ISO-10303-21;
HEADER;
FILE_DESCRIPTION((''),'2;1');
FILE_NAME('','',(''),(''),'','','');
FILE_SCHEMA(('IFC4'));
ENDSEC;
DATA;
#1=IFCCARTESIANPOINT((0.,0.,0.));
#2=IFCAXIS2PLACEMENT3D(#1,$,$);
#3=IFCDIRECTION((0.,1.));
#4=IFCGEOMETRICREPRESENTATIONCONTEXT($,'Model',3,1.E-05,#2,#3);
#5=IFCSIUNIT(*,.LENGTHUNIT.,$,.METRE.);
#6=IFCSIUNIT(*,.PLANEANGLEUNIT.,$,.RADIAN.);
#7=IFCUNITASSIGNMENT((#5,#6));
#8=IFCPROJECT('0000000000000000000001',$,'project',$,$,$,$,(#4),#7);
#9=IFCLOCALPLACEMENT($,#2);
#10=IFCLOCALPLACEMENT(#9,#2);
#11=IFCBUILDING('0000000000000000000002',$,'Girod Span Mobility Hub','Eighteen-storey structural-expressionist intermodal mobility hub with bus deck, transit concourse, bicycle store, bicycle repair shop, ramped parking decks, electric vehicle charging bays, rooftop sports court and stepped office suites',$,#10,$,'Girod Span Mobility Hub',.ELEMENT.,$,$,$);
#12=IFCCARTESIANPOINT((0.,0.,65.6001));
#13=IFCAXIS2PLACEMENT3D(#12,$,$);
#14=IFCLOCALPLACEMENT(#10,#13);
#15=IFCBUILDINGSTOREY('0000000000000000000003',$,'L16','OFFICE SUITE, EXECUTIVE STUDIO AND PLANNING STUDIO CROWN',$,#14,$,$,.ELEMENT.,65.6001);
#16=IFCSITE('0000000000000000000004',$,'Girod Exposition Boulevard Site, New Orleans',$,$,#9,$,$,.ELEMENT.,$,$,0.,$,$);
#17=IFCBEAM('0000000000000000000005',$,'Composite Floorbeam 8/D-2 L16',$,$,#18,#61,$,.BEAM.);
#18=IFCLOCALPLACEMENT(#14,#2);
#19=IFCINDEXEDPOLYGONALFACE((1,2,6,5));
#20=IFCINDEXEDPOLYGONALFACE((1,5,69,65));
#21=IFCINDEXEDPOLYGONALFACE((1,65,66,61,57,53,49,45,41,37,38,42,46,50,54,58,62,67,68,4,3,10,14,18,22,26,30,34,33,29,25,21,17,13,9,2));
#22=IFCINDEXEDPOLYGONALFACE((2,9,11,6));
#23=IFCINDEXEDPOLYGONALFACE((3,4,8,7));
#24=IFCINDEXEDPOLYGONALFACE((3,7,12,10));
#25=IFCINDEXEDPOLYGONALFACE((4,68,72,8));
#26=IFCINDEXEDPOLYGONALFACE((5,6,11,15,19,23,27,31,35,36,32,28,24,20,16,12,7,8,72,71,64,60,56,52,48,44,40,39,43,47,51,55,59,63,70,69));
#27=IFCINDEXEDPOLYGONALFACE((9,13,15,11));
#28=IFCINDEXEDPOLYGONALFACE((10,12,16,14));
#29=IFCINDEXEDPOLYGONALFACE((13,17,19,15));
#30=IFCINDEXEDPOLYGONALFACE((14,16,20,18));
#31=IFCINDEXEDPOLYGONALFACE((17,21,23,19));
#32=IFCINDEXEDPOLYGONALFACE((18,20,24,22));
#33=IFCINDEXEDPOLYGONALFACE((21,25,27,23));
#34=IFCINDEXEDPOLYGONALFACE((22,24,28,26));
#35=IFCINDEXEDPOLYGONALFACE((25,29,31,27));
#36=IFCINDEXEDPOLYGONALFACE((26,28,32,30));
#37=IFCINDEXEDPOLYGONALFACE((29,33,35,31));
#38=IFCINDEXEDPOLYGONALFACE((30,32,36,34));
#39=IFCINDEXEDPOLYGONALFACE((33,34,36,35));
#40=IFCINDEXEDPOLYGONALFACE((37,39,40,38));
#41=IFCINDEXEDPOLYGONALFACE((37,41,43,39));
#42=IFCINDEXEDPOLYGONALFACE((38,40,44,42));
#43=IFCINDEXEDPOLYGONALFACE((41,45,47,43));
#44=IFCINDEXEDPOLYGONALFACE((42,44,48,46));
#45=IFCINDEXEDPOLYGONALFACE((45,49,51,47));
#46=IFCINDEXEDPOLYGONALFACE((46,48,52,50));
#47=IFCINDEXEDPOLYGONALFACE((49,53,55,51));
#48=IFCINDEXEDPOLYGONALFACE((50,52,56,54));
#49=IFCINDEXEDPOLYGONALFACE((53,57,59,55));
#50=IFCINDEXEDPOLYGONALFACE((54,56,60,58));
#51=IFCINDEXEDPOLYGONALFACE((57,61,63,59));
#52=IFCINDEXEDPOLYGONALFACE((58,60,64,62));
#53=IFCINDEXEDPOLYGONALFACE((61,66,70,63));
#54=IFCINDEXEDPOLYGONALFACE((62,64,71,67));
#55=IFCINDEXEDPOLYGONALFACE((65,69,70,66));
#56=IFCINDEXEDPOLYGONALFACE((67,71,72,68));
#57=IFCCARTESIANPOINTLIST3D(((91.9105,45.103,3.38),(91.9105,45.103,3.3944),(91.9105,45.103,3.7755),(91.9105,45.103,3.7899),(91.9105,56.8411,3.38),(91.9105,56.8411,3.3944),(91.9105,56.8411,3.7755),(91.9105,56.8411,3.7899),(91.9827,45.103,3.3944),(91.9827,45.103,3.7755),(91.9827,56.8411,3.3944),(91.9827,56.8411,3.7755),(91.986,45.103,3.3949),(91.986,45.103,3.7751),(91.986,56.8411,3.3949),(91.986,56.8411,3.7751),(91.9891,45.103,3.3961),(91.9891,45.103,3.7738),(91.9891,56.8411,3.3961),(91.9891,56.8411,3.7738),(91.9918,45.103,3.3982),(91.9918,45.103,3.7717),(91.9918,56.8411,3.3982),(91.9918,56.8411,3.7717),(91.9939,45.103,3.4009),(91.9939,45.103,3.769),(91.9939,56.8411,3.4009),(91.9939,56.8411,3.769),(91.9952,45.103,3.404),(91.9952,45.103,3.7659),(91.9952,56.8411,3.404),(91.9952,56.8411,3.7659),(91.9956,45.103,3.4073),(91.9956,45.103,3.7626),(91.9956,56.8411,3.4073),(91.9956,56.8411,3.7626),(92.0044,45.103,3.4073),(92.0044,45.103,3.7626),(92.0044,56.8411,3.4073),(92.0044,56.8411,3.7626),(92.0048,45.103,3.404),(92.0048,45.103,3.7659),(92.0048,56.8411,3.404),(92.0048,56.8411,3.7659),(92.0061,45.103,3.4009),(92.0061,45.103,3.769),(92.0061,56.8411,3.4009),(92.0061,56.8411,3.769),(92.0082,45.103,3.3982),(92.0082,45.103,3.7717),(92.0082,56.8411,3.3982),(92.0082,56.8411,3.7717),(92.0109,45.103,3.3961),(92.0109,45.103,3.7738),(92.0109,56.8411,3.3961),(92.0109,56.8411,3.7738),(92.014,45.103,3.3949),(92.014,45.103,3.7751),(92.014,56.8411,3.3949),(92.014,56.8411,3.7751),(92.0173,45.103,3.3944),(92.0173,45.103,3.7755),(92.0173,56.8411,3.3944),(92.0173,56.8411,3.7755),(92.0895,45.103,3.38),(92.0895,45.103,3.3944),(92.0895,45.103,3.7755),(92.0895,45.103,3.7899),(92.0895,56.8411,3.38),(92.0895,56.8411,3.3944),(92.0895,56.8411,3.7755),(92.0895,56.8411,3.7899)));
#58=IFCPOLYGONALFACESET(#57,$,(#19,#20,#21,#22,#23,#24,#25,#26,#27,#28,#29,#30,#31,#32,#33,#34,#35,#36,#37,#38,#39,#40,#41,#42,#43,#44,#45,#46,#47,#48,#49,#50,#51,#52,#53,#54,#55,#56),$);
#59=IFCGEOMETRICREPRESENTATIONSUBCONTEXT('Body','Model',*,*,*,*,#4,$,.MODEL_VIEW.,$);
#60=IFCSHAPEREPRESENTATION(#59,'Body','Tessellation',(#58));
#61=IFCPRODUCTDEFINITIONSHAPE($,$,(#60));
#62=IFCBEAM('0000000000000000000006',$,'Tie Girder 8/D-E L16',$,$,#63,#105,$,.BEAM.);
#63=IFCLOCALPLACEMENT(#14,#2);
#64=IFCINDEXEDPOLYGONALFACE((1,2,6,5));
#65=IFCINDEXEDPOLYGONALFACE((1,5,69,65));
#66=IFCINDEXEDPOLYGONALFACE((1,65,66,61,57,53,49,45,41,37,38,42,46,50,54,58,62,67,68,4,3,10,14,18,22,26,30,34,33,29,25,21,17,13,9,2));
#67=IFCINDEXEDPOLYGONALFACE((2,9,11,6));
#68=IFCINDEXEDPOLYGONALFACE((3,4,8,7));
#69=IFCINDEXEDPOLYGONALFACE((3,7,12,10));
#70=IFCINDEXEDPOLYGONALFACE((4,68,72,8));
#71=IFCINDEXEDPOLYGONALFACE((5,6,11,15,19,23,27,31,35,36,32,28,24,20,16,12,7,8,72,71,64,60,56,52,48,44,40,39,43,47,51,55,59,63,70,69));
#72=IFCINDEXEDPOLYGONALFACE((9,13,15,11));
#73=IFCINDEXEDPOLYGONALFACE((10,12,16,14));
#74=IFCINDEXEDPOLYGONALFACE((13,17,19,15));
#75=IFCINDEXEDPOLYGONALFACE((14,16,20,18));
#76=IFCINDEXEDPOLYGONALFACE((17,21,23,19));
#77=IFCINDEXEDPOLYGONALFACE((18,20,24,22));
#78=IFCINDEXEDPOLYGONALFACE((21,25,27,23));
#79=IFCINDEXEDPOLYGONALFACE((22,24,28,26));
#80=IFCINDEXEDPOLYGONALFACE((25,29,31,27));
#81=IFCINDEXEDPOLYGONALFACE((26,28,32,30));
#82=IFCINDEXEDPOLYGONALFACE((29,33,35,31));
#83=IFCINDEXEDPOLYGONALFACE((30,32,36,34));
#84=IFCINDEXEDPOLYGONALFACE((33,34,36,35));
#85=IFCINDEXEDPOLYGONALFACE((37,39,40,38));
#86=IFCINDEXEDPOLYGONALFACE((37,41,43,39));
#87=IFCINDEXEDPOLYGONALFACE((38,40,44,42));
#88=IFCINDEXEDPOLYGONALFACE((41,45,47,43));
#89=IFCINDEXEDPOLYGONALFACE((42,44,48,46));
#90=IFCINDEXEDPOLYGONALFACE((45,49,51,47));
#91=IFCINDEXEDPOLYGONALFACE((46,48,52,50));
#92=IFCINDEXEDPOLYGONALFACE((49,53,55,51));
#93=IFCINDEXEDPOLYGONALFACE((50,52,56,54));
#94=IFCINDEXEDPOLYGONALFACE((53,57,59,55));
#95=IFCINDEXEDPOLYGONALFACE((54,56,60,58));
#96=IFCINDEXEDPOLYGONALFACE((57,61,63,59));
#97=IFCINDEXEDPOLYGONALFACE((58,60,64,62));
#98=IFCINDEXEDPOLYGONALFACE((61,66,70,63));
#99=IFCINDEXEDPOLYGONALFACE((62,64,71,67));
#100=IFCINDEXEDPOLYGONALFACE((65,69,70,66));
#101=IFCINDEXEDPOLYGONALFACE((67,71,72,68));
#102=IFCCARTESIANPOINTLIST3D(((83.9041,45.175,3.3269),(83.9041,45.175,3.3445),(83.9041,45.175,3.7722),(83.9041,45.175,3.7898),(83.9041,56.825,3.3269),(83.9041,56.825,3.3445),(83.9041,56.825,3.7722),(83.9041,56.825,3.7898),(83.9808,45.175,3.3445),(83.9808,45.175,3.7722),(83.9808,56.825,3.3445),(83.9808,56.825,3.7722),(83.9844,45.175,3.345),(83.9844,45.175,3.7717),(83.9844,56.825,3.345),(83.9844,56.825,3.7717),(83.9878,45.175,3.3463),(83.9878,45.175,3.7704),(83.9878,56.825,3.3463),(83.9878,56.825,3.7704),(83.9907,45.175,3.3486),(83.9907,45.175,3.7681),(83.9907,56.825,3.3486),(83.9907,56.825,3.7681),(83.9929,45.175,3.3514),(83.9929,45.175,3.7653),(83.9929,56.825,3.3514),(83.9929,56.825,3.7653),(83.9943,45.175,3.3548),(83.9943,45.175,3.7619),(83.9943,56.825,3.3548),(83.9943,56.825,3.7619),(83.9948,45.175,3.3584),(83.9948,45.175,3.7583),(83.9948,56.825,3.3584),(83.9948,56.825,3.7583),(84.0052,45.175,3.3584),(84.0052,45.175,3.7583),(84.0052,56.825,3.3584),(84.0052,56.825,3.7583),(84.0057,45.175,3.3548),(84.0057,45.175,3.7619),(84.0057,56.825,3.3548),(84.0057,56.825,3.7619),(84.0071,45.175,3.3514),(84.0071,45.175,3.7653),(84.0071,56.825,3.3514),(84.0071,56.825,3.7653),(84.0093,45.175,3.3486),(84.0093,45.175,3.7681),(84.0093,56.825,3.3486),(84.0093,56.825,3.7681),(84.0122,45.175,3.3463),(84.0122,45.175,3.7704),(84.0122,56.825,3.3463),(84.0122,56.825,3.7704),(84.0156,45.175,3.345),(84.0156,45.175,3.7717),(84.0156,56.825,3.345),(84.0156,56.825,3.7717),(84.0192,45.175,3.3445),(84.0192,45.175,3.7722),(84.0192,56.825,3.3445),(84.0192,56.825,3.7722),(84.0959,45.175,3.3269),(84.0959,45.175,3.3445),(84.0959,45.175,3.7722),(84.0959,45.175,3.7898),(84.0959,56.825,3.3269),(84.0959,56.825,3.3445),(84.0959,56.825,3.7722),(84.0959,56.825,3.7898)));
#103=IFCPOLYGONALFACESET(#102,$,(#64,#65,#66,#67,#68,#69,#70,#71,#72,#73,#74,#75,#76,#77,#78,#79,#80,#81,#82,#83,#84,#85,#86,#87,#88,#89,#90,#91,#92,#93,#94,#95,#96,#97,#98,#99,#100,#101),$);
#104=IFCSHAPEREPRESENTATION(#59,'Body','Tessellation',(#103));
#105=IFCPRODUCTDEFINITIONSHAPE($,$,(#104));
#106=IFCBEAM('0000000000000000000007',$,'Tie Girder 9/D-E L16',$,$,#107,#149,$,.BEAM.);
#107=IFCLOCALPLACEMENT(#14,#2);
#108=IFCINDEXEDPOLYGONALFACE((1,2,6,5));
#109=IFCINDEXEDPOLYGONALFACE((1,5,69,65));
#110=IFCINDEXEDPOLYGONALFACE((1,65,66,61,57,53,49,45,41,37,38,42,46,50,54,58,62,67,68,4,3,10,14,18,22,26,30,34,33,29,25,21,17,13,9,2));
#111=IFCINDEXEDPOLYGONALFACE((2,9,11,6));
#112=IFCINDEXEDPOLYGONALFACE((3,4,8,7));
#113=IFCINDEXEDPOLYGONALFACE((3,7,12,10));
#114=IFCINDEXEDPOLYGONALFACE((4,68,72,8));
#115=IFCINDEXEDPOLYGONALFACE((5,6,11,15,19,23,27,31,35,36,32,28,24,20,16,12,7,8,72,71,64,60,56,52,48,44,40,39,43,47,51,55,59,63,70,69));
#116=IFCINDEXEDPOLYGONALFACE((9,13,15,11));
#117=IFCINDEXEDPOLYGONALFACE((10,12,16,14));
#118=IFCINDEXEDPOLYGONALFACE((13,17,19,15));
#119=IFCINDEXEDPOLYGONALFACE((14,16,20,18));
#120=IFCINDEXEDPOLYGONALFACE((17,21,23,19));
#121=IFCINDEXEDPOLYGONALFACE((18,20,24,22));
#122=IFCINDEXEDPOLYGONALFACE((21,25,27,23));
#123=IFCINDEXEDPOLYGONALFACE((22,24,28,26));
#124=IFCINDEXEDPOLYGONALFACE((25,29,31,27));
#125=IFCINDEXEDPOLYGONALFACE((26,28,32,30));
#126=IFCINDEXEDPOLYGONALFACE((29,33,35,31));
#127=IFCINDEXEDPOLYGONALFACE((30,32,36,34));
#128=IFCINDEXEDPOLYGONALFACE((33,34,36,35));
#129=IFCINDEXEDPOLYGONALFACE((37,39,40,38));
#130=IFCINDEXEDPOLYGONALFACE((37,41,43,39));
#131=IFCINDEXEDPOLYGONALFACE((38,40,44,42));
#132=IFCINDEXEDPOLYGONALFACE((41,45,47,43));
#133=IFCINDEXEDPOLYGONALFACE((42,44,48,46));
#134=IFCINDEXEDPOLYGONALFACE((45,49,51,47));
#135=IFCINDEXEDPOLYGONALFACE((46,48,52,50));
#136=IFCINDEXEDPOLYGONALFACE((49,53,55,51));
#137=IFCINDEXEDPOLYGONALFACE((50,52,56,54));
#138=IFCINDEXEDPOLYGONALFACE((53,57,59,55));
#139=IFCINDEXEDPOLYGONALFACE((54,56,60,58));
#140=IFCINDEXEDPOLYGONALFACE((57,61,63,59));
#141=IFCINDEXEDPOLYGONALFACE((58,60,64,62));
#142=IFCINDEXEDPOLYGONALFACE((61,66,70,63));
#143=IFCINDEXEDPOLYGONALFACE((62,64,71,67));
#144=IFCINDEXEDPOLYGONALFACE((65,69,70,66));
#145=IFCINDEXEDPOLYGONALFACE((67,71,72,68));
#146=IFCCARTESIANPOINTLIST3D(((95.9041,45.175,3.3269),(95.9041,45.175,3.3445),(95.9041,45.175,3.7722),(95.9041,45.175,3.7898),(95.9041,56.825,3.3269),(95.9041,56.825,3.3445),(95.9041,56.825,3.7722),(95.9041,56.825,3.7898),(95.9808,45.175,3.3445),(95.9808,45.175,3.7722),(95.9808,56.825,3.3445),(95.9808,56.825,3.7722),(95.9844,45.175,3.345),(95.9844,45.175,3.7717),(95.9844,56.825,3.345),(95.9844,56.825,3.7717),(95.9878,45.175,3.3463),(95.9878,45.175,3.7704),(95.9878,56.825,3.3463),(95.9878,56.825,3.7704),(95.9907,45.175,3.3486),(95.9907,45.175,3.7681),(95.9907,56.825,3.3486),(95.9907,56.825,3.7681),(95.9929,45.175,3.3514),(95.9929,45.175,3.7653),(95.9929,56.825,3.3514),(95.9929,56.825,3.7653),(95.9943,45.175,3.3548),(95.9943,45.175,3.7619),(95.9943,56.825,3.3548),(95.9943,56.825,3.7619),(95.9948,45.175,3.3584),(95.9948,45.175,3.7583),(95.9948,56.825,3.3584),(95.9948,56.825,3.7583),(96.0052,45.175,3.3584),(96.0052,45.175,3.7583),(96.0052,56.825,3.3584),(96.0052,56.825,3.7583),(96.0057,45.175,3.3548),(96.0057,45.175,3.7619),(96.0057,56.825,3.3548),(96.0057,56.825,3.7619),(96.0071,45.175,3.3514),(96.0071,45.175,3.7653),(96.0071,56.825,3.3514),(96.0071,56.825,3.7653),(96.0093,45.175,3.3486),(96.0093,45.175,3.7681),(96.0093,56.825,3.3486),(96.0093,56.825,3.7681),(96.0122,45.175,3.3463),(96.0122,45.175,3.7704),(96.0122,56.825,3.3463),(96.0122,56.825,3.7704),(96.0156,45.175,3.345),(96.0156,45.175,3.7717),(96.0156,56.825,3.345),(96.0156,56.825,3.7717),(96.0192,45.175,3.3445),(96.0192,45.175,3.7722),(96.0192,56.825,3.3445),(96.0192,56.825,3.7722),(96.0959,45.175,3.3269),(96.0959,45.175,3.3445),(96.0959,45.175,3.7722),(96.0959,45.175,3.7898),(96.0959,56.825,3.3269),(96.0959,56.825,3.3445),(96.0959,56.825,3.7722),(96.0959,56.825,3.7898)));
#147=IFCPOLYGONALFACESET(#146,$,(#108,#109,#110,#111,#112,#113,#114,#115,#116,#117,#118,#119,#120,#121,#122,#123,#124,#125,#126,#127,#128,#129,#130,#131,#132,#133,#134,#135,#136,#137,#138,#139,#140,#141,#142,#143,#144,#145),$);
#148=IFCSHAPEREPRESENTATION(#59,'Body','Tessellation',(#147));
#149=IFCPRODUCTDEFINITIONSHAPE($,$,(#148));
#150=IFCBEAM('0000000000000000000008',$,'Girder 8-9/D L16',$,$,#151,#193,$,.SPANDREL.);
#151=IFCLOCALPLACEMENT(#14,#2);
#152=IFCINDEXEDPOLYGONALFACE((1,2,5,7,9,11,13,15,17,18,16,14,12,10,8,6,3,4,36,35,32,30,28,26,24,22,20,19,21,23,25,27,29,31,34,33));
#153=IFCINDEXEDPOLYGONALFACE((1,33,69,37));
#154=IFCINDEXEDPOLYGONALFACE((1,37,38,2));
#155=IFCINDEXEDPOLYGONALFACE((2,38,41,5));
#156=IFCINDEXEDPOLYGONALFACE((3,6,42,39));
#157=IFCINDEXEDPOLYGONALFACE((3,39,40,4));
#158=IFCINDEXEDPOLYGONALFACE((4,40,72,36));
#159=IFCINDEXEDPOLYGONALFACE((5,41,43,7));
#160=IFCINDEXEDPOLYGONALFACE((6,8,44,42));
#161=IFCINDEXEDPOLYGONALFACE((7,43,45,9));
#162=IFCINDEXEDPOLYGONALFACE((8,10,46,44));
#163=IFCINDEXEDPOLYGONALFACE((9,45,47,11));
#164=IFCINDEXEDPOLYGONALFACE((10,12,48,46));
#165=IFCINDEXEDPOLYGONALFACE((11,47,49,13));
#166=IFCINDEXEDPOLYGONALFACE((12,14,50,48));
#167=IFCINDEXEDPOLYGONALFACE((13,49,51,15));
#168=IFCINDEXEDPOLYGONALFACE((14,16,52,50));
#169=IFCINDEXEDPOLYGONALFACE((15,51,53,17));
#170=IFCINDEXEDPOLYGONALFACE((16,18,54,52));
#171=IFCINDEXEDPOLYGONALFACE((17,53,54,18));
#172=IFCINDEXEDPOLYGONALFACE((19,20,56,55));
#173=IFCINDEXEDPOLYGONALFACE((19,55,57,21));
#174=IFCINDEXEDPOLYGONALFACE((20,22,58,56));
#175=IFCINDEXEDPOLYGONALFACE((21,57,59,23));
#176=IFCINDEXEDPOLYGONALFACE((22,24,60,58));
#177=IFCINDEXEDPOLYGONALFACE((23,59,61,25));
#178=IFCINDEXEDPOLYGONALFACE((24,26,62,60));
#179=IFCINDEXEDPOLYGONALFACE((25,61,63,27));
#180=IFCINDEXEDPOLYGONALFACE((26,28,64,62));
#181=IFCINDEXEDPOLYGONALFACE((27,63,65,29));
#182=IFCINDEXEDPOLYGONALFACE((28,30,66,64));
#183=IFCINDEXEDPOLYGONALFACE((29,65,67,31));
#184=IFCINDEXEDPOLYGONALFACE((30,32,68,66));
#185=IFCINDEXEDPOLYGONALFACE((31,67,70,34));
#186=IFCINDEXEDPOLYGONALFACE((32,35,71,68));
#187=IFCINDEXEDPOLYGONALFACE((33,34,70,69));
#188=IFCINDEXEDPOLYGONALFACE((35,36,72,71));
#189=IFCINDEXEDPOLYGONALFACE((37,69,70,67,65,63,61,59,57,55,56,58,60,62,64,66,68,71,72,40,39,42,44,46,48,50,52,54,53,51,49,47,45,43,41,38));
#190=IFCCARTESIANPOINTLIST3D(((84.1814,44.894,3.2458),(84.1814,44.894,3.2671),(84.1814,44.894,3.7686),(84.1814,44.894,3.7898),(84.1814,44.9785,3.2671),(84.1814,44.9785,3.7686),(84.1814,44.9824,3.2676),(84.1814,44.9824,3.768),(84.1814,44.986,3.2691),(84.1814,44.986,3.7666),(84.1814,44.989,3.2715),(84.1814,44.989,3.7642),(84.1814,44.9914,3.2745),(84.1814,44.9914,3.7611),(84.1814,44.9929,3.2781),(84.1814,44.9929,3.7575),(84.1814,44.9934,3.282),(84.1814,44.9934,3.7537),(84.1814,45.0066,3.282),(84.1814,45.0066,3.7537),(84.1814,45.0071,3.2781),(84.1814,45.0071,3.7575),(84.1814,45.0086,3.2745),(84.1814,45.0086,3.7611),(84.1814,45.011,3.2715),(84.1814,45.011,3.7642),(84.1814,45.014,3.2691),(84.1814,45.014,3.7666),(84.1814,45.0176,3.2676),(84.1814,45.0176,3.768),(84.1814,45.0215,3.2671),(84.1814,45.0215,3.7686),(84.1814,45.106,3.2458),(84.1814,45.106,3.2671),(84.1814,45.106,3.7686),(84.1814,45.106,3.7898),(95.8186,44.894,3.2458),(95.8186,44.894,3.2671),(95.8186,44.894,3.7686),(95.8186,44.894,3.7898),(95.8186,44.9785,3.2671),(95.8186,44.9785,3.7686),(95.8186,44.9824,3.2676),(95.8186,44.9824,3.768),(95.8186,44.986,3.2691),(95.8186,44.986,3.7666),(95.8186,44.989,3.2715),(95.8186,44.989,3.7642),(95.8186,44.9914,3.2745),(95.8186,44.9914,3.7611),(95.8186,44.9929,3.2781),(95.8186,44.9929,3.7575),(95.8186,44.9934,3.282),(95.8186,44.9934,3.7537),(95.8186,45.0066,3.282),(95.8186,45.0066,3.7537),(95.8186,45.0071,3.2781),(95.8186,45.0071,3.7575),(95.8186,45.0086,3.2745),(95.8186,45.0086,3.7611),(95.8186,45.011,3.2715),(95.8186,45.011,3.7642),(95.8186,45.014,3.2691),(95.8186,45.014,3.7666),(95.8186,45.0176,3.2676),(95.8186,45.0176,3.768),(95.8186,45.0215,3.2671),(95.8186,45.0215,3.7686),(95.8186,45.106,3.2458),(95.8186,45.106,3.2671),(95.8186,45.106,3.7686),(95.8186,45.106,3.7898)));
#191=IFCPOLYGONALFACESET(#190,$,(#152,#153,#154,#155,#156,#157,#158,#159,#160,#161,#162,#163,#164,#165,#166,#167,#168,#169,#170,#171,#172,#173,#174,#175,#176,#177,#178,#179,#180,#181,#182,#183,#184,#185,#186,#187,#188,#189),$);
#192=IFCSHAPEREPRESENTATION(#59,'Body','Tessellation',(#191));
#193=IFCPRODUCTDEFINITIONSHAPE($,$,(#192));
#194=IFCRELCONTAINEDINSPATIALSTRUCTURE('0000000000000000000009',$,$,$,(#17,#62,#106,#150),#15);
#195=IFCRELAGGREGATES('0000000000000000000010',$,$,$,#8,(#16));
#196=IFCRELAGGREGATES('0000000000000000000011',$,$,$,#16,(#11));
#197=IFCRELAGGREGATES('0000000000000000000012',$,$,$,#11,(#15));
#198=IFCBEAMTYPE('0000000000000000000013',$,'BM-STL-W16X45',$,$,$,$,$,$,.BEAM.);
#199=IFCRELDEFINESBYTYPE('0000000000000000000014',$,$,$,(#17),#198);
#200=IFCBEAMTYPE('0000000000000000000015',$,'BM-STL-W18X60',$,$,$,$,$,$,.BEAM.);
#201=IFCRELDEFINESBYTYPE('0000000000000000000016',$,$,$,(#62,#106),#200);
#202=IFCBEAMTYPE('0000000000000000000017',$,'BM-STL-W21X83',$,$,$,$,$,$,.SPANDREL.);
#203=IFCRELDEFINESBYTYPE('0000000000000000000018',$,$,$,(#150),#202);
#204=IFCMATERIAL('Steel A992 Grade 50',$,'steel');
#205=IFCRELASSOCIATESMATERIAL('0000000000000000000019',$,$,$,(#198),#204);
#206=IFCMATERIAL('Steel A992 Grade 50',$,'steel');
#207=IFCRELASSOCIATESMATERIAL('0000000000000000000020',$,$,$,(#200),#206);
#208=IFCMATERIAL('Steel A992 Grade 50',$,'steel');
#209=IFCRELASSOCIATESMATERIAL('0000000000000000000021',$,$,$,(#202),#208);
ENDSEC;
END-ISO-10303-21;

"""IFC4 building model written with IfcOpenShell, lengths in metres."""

from ifc_helpers import new_model, si_unit, direction, frame, origin, origin_2d, place, context, subcontext, project, spatial, i_section, extrude, material, material_profile, profile_set, type_object, element, save


model = new_model("IFC4")

# Units and contexts
model_context = context("Model", 3, precision=1e-05, world=origin(), true_north=direction((0.0, 1.0)))
body_context = subcontext(model_context, "Body", "Model", "MODEL_VIEW")
ifc_project = project(units=[si_unit("LENGTHUNIT", "METRE"), si_unit("PLANEANGLEUNIT", "RADIAN")], contexts=[model_context])

# Site, building, storey
site_placement = place(None, origin())
site = spatial("IfcSite", under=ifc_project, at=site_placement, Name="Girod Exposition Boulevard Site, New Orleans", CompositionType="ELEMENT", RefElevation=0.0)
building_placement = place(site_placement, origin())
building = spatial("IfcBuilding", under=site, at=building_placement, Name="Girod Span Mobility Hub", Description="Eighteen-storey structural-expressionist intermodal mobility hub with bus deck, transit concourse, bicycle store, bicycle repair shop, ramped parking decks, electric vehicle charging bays, rooftop sports court and stepped office suites", LongName="Girod Span Mobility Hub", CompositionType="ELEMENT")
storey_placement = place(building_placement, frame((0.0, 0.0, 65.6001)))
storey = spatial("IfcBuildingStorey", under=building, at=storey_placement, Name="L16", Description="OFFICE SUITE, EXECUTIVE STUDIO AND PLANNING STUDIO CROWN", CompositionType="ELEMENT", Elevation=65.6001)

# Beams
ifc_material_1 = material(Name="Steel A992 Grade 50", Category="steel")
ifc_material_profile_1 = material_profile(ifc_material_1, i_section(OverallWidth=0.179, OverallDepth=0.4099, WebThickness=0.0088, FlangeThickness=0.0144, FilletRadius=0.0129, at=origin_2d()), Name="W16X45")
ifc_profile_set_1 = profile_set([ifc_material_profile_1], Name="Steel A992 Grade 50")
beam_type_1 = type_object("IfcBeamType", Name="BM-STL-W16X45", PredefinedType="BEAM", material=ifc_profile_set_1)
for number, where, z_axis, x_axis, name in (
    (1, (92.0, 45.103, 3.585), (0.0, 1.0, 0.0), (-1.0, 0.0, 0.0), "Composite Floorbeam 8/D-2 L16"),
):
    element("IfcBeam", number, at=place(storey_placement, frame(where, z_axis=z_axis, x_axis=x_axis)), inside=storey, type_object=beam_type_1, Name=name, PredefinedType="BEAM", context=body_context, shape_type="SweptSolid", body=[
        extrude(i_section(OverallWidth=0.179, OverallDepth=0.4099, WebThickness=0.0088, FlangeThickness=0.0144, FilletRadius=0.0129, at=origin_2d()), origin(), (0.0, 0.0, 1.0), 11.738),
    ])
ifc_material_2 = material(Name="Steel A992 Grade 50", Category="steel")
ifc_material_profile_2 = material_profile(ifc_material_2, i_section(OverallWidth=0.1919, OverallDepth=0.4629, WebThickness=0.0105, FlangeThickness=0.0176, FilletRadius=0.0139, at=origin_2d()), Name="W18X60")
ifc_profile_set_2 = profile_set([ifc_material_profile_2], Name="Steel A992 Grade 50")
beam_type_2 = type_object("IfcBeamType", Name="BM-STL-W18X60", PredefinedType="BEAM", material=ifc_profile_set_2)
for number, where, z_axis, x_axis, name in (
    (2, (84.0, 45.175, 3.5583), (0.0, 1.0, 0.0), (-1.0, 0.0, 0.0), "Tie Girder 8/D-E L16"),
    (3, (96.0, 45.175, 3.5583), (0.0, 1.0, 0.0), (-1.0, 0.0, 0.0), "Tie Girder 9/D-E L16"),
):
    element("IfcBeam", number, at=place(storey_placement, frame(where, z_axis=z_axis, x_axis=x_axis)), inside=storey, type_object=beam_type_2, Name=name, PredefinedType="BEAM", context=body_context, shape_type="SweptSolid", body=[
        extrude(i_section(OverallWidth=0.1919, OverallDepth=0.4629, WebThickness=0.0105, FlangeThickness=0.0176, FilletRadius=0.0139, at=origin_2d()), origin(), (0.0, 0.0, 1.0), 11.6499),
    ])
ifc_material_3 = material(Name="Steel A992 Grade 50", Category="steel")
ifc_material_profile_3 = material_profile(ifc_material_3, i_section(OverallWidth=0.2119, OverallDepth=0.5439, WebThickness=0.0132, FlangeThickness=0.0212, FilletRadius=0.0149, at=origin_2d()), Name="W21X83")
ifc_profile_set_3 = profile_set([ifc_material_profile_3], Name="Steel A992 Grade 50")
beam_type_3 = type_object("IfcBeamType", Name="BM-STL-W21X83", PredefinedType="SPANDREL", material=ifc_profile_set_3)
for number, where, z_axis, x_axis, name in (
    (4, (84.1814, 45.0, 3.5178), (1.0, 0.0, 0.0), (0.0, 1.0, 0.0), "Girder 8-9/D L16"),
):
    element("IfcBeam", number, at=place(storey_placement, frame(where, z_axis=z_axis, x_axis=x_axis)), inside=storey, type_object=beam_type_3, Name=name, PredefinedType="SPANDREL", context=body_context, shape_type="SweptSolid", body=[
        extrude(i_section(OverallWidth=0.2119, OverallDepth=0.5439, WebThickness=0.0132, FlangeThickness=0.0212, FilletRadius=0.0149, at=origin_2d()), origin(), (0.0, 0.0, 1.0), 11.6372),
    ])

save(model, "model.ifc")
